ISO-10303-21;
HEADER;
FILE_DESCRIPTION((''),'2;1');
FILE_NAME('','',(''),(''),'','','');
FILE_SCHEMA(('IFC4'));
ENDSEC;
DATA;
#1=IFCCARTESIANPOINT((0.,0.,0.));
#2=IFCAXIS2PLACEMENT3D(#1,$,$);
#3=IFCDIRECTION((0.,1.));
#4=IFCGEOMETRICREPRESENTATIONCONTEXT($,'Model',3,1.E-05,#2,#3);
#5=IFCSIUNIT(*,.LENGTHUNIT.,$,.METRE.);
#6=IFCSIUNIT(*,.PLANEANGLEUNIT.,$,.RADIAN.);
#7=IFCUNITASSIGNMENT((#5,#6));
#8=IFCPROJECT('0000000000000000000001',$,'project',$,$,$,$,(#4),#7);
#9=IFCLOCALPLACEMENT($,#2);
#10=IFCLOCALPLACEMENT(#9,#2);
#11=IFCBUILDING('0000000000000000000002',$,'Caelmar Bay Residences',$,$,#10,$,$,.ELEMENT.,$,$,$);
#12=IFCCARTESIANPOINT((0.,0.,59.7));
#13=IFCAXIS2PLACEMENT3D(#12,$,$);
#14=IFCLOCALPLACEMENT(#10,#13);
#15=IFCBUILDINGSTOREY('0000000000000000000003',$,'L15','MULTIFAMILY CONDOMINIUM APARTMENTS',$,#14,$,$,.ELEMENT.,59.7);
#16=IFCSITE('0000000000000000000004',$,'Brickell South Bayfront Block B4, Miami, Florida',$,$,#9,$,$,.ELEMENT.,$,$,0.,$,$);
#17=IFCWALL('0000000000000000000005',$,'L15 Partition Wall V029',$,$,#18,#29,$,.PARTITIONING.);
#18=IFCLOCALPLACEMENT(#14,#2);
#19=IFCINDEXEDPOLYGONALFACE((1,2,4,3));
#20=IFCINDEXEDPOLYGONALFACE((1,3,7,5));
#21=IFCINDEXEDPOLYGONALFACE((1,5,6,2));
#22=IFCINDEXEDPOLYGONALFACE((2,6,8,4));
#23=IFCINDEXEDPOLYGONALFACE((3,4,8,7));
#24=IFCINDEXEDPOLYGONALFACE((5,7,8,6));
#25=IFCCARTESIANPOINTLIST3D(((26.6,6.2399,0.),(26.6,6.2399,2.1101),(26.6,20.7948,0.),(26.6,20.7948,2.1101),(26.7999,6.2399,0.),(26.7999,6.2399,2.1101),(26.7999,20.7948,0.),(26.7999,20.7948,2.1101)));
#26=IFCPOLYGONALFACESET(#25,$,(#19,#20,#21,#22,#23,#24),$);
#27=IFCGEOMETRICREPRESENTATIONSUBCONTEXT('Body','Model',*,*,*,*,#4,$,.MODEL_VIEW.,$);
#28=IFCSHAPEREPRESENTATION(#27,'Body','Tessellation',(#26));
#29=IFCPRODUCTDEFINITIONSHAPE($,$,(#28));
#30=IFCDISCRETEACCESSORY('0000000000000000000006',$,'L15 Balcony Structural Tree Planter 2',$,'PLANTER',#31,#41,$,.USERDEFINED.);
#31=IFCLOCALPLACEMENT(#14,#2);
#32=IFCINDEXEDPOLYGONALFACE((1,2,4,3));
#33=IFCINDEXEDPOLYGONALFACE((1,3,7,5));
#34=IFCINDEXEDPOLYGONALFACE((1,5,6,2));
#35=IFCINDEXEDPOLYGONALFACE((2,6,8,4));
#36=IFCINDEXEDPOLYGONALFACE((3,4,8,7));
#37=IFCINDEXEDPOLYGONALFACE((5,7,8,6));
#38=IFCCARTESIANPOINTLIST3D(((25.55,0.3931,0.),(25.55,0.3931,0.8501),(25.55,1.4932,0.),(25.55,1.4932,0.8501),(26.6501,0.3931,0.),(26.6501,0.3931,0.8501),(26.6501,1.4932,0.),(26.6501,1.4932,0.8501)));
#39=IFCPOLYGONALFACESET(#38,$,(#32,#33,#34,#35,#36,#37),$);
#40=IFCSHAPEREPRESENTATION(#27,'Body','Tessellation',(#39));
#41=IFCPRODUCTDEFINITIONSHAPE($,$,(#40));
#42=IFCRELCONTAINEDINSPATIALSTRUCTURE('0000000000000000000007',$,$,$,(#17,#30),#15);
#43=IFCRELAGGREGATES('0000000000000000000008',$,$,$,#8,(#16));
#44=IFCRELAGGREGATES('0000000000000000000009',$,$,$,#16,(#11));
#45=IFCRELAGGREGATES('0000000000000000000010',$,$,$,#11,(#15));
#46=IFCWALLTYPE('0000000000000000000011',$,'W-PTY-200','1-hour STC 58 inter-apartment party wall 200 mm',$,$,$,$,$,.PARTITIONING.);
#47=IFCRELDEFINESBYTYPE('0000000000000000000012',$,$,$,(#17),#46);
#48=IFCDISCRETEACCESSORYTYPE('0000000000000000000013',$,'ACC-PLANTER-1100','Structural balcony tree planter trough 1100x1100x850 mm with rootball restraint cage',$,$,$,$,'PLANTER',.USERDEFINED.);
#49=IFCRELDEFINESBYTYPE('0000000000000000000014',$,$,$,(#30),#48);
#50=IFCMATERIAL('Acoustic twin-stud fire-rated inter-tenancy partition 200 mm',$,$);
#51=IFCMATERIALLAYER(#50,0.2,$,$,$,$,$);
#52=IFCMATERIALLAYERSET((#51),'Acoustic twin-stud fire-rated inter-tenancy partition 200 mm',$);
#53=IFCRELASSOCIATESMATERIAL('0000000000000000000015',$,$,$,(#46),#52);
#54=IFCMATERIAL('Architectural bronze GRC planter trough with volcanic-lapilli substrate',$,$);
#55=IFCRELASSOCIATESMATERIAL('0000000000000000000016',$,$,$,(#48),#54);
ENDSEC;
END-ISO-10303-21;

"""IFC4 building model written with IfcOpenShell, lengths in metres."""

from ifc_helpers import new_model, si_unit, direction, frame, frame_2d, origin, origin_2d, place, context, subcontext, project, spatial, rectangle, extrude, material, layer, layer_set, type_object, element, save


model = new_model("IFC4")

# Units and contexts
model_context = context("Model", 3, precision=1e-05, world=origin(), true_north=direction((0.0, 1.0)))
body_context = subcontext(model_context, "Body", "Model", "MODEL_VIEW")
ifc_project = project(units=[si_unit("LENGTHUNIT", "METRE"), si_unit("PLANEANGLEUNIT", "RADIAN")], contexts=[model_context])

# Site, building, storey
site_placement = place(None, origin())
site = spatial("IfcSite", under=ifc_project, at=site_placement, Name="Brickell South Bayfront Block B4, Miami, Florida", CompositionType="ELEMENT", RefElevation=0.0)
building_placement = place(site_placement, origin())
building = spatial("IfcBuilding", under=site, at=building_placement, Name="Caelmar Bay Residences", CompositionType="ELEMENT")
storey_placement = place(building_placement, frame((0.0, 0.0, 59.7)))
storey = spatial("IfcBuildingStorey", under=building, at=storey_placement, Name="L15", Description="MULTIFAMILY CONDOMINIUM APARTMENTS", CompositionType="ELEMENT", Elevation=59.7)

# Wall
ifc_material_1 = material(Name="Acoustic twin-stud fire-rated inter-tenancy partition 200 mm")
ifc_layer_1 = layer(ifc_material_1, 0.2)
ifc_layer_set_1 = layer_set([ifc_layer_1], Name="Acoustic twin-stud fire-rated inter-tenancy partition 200 mm")
wall_type_1 = type_object("IfcWallType", Name="W-PTY-200", Description="1-hour STC 58 inter-apartment party wall 200 mm", PredefinedType="PARTITIONING", material=ifc_layer_set_1)
wall_1_placement = place(storey_placement, frame((26.7, 6.24, 0.0), z_axis=(0.0, 0.0, 1.0), x_axis=(0.0, 1.0, 0.0)))
element("IfcWall", 1, at=wall_1_placement, inside=storey, type_object=wall_type_1, Name="L15 Partition Wall V029", PredefinedType="PARTITIONING", context=body_context, shape_type="SweptSolid", body=[
    extrude(rectangle(XDim=14.5549, YDim=0.2, at=frame_2d((7.2773, 0.0))), origin(), (0.0, 0.0, 1.0), 2.1101),
])

# Discrete accessory
ifc_material_2 = material(Name="Architectural bronze GRC planter trough with volcanic-lapilli substrate")
discrete_accessory_type = type_object("IfcDiscreteAccessoryType", Name="ACC-PLANTER-1100", Description="Structural balcony tree planter trough 1100x1100x850 mm with rootball restraint cage", ElementType="PLANTER", PredefinedType="USERDEFINED", material=ifc_material_2)
discrete_accessory_placement = place(storey_placement, frame((26.1001, 0.9431, 0.0), z_axis=(0.0, 0.0, 1.0), x_axis=(1.0, 0.0, 0.0)))
element("IfcDiscreteAccessory", 2, at=discrete_accessory_placement, inside=storey, type_object=discrete_accessory_type, Name="L15 Balcony Structural Tree Planter 2", ObjectType="PLANTER", PredefinedType="USERDEFINED", context=body_context, shape_type="SweptSolid", body=[
    extrude(rectangle(XDim=1.1001, YDim=1.1001, at=origin_2d()), origin(), (0.0, 0.0, 1.0), 0.8501),
])

save(model, "model.ifc")
